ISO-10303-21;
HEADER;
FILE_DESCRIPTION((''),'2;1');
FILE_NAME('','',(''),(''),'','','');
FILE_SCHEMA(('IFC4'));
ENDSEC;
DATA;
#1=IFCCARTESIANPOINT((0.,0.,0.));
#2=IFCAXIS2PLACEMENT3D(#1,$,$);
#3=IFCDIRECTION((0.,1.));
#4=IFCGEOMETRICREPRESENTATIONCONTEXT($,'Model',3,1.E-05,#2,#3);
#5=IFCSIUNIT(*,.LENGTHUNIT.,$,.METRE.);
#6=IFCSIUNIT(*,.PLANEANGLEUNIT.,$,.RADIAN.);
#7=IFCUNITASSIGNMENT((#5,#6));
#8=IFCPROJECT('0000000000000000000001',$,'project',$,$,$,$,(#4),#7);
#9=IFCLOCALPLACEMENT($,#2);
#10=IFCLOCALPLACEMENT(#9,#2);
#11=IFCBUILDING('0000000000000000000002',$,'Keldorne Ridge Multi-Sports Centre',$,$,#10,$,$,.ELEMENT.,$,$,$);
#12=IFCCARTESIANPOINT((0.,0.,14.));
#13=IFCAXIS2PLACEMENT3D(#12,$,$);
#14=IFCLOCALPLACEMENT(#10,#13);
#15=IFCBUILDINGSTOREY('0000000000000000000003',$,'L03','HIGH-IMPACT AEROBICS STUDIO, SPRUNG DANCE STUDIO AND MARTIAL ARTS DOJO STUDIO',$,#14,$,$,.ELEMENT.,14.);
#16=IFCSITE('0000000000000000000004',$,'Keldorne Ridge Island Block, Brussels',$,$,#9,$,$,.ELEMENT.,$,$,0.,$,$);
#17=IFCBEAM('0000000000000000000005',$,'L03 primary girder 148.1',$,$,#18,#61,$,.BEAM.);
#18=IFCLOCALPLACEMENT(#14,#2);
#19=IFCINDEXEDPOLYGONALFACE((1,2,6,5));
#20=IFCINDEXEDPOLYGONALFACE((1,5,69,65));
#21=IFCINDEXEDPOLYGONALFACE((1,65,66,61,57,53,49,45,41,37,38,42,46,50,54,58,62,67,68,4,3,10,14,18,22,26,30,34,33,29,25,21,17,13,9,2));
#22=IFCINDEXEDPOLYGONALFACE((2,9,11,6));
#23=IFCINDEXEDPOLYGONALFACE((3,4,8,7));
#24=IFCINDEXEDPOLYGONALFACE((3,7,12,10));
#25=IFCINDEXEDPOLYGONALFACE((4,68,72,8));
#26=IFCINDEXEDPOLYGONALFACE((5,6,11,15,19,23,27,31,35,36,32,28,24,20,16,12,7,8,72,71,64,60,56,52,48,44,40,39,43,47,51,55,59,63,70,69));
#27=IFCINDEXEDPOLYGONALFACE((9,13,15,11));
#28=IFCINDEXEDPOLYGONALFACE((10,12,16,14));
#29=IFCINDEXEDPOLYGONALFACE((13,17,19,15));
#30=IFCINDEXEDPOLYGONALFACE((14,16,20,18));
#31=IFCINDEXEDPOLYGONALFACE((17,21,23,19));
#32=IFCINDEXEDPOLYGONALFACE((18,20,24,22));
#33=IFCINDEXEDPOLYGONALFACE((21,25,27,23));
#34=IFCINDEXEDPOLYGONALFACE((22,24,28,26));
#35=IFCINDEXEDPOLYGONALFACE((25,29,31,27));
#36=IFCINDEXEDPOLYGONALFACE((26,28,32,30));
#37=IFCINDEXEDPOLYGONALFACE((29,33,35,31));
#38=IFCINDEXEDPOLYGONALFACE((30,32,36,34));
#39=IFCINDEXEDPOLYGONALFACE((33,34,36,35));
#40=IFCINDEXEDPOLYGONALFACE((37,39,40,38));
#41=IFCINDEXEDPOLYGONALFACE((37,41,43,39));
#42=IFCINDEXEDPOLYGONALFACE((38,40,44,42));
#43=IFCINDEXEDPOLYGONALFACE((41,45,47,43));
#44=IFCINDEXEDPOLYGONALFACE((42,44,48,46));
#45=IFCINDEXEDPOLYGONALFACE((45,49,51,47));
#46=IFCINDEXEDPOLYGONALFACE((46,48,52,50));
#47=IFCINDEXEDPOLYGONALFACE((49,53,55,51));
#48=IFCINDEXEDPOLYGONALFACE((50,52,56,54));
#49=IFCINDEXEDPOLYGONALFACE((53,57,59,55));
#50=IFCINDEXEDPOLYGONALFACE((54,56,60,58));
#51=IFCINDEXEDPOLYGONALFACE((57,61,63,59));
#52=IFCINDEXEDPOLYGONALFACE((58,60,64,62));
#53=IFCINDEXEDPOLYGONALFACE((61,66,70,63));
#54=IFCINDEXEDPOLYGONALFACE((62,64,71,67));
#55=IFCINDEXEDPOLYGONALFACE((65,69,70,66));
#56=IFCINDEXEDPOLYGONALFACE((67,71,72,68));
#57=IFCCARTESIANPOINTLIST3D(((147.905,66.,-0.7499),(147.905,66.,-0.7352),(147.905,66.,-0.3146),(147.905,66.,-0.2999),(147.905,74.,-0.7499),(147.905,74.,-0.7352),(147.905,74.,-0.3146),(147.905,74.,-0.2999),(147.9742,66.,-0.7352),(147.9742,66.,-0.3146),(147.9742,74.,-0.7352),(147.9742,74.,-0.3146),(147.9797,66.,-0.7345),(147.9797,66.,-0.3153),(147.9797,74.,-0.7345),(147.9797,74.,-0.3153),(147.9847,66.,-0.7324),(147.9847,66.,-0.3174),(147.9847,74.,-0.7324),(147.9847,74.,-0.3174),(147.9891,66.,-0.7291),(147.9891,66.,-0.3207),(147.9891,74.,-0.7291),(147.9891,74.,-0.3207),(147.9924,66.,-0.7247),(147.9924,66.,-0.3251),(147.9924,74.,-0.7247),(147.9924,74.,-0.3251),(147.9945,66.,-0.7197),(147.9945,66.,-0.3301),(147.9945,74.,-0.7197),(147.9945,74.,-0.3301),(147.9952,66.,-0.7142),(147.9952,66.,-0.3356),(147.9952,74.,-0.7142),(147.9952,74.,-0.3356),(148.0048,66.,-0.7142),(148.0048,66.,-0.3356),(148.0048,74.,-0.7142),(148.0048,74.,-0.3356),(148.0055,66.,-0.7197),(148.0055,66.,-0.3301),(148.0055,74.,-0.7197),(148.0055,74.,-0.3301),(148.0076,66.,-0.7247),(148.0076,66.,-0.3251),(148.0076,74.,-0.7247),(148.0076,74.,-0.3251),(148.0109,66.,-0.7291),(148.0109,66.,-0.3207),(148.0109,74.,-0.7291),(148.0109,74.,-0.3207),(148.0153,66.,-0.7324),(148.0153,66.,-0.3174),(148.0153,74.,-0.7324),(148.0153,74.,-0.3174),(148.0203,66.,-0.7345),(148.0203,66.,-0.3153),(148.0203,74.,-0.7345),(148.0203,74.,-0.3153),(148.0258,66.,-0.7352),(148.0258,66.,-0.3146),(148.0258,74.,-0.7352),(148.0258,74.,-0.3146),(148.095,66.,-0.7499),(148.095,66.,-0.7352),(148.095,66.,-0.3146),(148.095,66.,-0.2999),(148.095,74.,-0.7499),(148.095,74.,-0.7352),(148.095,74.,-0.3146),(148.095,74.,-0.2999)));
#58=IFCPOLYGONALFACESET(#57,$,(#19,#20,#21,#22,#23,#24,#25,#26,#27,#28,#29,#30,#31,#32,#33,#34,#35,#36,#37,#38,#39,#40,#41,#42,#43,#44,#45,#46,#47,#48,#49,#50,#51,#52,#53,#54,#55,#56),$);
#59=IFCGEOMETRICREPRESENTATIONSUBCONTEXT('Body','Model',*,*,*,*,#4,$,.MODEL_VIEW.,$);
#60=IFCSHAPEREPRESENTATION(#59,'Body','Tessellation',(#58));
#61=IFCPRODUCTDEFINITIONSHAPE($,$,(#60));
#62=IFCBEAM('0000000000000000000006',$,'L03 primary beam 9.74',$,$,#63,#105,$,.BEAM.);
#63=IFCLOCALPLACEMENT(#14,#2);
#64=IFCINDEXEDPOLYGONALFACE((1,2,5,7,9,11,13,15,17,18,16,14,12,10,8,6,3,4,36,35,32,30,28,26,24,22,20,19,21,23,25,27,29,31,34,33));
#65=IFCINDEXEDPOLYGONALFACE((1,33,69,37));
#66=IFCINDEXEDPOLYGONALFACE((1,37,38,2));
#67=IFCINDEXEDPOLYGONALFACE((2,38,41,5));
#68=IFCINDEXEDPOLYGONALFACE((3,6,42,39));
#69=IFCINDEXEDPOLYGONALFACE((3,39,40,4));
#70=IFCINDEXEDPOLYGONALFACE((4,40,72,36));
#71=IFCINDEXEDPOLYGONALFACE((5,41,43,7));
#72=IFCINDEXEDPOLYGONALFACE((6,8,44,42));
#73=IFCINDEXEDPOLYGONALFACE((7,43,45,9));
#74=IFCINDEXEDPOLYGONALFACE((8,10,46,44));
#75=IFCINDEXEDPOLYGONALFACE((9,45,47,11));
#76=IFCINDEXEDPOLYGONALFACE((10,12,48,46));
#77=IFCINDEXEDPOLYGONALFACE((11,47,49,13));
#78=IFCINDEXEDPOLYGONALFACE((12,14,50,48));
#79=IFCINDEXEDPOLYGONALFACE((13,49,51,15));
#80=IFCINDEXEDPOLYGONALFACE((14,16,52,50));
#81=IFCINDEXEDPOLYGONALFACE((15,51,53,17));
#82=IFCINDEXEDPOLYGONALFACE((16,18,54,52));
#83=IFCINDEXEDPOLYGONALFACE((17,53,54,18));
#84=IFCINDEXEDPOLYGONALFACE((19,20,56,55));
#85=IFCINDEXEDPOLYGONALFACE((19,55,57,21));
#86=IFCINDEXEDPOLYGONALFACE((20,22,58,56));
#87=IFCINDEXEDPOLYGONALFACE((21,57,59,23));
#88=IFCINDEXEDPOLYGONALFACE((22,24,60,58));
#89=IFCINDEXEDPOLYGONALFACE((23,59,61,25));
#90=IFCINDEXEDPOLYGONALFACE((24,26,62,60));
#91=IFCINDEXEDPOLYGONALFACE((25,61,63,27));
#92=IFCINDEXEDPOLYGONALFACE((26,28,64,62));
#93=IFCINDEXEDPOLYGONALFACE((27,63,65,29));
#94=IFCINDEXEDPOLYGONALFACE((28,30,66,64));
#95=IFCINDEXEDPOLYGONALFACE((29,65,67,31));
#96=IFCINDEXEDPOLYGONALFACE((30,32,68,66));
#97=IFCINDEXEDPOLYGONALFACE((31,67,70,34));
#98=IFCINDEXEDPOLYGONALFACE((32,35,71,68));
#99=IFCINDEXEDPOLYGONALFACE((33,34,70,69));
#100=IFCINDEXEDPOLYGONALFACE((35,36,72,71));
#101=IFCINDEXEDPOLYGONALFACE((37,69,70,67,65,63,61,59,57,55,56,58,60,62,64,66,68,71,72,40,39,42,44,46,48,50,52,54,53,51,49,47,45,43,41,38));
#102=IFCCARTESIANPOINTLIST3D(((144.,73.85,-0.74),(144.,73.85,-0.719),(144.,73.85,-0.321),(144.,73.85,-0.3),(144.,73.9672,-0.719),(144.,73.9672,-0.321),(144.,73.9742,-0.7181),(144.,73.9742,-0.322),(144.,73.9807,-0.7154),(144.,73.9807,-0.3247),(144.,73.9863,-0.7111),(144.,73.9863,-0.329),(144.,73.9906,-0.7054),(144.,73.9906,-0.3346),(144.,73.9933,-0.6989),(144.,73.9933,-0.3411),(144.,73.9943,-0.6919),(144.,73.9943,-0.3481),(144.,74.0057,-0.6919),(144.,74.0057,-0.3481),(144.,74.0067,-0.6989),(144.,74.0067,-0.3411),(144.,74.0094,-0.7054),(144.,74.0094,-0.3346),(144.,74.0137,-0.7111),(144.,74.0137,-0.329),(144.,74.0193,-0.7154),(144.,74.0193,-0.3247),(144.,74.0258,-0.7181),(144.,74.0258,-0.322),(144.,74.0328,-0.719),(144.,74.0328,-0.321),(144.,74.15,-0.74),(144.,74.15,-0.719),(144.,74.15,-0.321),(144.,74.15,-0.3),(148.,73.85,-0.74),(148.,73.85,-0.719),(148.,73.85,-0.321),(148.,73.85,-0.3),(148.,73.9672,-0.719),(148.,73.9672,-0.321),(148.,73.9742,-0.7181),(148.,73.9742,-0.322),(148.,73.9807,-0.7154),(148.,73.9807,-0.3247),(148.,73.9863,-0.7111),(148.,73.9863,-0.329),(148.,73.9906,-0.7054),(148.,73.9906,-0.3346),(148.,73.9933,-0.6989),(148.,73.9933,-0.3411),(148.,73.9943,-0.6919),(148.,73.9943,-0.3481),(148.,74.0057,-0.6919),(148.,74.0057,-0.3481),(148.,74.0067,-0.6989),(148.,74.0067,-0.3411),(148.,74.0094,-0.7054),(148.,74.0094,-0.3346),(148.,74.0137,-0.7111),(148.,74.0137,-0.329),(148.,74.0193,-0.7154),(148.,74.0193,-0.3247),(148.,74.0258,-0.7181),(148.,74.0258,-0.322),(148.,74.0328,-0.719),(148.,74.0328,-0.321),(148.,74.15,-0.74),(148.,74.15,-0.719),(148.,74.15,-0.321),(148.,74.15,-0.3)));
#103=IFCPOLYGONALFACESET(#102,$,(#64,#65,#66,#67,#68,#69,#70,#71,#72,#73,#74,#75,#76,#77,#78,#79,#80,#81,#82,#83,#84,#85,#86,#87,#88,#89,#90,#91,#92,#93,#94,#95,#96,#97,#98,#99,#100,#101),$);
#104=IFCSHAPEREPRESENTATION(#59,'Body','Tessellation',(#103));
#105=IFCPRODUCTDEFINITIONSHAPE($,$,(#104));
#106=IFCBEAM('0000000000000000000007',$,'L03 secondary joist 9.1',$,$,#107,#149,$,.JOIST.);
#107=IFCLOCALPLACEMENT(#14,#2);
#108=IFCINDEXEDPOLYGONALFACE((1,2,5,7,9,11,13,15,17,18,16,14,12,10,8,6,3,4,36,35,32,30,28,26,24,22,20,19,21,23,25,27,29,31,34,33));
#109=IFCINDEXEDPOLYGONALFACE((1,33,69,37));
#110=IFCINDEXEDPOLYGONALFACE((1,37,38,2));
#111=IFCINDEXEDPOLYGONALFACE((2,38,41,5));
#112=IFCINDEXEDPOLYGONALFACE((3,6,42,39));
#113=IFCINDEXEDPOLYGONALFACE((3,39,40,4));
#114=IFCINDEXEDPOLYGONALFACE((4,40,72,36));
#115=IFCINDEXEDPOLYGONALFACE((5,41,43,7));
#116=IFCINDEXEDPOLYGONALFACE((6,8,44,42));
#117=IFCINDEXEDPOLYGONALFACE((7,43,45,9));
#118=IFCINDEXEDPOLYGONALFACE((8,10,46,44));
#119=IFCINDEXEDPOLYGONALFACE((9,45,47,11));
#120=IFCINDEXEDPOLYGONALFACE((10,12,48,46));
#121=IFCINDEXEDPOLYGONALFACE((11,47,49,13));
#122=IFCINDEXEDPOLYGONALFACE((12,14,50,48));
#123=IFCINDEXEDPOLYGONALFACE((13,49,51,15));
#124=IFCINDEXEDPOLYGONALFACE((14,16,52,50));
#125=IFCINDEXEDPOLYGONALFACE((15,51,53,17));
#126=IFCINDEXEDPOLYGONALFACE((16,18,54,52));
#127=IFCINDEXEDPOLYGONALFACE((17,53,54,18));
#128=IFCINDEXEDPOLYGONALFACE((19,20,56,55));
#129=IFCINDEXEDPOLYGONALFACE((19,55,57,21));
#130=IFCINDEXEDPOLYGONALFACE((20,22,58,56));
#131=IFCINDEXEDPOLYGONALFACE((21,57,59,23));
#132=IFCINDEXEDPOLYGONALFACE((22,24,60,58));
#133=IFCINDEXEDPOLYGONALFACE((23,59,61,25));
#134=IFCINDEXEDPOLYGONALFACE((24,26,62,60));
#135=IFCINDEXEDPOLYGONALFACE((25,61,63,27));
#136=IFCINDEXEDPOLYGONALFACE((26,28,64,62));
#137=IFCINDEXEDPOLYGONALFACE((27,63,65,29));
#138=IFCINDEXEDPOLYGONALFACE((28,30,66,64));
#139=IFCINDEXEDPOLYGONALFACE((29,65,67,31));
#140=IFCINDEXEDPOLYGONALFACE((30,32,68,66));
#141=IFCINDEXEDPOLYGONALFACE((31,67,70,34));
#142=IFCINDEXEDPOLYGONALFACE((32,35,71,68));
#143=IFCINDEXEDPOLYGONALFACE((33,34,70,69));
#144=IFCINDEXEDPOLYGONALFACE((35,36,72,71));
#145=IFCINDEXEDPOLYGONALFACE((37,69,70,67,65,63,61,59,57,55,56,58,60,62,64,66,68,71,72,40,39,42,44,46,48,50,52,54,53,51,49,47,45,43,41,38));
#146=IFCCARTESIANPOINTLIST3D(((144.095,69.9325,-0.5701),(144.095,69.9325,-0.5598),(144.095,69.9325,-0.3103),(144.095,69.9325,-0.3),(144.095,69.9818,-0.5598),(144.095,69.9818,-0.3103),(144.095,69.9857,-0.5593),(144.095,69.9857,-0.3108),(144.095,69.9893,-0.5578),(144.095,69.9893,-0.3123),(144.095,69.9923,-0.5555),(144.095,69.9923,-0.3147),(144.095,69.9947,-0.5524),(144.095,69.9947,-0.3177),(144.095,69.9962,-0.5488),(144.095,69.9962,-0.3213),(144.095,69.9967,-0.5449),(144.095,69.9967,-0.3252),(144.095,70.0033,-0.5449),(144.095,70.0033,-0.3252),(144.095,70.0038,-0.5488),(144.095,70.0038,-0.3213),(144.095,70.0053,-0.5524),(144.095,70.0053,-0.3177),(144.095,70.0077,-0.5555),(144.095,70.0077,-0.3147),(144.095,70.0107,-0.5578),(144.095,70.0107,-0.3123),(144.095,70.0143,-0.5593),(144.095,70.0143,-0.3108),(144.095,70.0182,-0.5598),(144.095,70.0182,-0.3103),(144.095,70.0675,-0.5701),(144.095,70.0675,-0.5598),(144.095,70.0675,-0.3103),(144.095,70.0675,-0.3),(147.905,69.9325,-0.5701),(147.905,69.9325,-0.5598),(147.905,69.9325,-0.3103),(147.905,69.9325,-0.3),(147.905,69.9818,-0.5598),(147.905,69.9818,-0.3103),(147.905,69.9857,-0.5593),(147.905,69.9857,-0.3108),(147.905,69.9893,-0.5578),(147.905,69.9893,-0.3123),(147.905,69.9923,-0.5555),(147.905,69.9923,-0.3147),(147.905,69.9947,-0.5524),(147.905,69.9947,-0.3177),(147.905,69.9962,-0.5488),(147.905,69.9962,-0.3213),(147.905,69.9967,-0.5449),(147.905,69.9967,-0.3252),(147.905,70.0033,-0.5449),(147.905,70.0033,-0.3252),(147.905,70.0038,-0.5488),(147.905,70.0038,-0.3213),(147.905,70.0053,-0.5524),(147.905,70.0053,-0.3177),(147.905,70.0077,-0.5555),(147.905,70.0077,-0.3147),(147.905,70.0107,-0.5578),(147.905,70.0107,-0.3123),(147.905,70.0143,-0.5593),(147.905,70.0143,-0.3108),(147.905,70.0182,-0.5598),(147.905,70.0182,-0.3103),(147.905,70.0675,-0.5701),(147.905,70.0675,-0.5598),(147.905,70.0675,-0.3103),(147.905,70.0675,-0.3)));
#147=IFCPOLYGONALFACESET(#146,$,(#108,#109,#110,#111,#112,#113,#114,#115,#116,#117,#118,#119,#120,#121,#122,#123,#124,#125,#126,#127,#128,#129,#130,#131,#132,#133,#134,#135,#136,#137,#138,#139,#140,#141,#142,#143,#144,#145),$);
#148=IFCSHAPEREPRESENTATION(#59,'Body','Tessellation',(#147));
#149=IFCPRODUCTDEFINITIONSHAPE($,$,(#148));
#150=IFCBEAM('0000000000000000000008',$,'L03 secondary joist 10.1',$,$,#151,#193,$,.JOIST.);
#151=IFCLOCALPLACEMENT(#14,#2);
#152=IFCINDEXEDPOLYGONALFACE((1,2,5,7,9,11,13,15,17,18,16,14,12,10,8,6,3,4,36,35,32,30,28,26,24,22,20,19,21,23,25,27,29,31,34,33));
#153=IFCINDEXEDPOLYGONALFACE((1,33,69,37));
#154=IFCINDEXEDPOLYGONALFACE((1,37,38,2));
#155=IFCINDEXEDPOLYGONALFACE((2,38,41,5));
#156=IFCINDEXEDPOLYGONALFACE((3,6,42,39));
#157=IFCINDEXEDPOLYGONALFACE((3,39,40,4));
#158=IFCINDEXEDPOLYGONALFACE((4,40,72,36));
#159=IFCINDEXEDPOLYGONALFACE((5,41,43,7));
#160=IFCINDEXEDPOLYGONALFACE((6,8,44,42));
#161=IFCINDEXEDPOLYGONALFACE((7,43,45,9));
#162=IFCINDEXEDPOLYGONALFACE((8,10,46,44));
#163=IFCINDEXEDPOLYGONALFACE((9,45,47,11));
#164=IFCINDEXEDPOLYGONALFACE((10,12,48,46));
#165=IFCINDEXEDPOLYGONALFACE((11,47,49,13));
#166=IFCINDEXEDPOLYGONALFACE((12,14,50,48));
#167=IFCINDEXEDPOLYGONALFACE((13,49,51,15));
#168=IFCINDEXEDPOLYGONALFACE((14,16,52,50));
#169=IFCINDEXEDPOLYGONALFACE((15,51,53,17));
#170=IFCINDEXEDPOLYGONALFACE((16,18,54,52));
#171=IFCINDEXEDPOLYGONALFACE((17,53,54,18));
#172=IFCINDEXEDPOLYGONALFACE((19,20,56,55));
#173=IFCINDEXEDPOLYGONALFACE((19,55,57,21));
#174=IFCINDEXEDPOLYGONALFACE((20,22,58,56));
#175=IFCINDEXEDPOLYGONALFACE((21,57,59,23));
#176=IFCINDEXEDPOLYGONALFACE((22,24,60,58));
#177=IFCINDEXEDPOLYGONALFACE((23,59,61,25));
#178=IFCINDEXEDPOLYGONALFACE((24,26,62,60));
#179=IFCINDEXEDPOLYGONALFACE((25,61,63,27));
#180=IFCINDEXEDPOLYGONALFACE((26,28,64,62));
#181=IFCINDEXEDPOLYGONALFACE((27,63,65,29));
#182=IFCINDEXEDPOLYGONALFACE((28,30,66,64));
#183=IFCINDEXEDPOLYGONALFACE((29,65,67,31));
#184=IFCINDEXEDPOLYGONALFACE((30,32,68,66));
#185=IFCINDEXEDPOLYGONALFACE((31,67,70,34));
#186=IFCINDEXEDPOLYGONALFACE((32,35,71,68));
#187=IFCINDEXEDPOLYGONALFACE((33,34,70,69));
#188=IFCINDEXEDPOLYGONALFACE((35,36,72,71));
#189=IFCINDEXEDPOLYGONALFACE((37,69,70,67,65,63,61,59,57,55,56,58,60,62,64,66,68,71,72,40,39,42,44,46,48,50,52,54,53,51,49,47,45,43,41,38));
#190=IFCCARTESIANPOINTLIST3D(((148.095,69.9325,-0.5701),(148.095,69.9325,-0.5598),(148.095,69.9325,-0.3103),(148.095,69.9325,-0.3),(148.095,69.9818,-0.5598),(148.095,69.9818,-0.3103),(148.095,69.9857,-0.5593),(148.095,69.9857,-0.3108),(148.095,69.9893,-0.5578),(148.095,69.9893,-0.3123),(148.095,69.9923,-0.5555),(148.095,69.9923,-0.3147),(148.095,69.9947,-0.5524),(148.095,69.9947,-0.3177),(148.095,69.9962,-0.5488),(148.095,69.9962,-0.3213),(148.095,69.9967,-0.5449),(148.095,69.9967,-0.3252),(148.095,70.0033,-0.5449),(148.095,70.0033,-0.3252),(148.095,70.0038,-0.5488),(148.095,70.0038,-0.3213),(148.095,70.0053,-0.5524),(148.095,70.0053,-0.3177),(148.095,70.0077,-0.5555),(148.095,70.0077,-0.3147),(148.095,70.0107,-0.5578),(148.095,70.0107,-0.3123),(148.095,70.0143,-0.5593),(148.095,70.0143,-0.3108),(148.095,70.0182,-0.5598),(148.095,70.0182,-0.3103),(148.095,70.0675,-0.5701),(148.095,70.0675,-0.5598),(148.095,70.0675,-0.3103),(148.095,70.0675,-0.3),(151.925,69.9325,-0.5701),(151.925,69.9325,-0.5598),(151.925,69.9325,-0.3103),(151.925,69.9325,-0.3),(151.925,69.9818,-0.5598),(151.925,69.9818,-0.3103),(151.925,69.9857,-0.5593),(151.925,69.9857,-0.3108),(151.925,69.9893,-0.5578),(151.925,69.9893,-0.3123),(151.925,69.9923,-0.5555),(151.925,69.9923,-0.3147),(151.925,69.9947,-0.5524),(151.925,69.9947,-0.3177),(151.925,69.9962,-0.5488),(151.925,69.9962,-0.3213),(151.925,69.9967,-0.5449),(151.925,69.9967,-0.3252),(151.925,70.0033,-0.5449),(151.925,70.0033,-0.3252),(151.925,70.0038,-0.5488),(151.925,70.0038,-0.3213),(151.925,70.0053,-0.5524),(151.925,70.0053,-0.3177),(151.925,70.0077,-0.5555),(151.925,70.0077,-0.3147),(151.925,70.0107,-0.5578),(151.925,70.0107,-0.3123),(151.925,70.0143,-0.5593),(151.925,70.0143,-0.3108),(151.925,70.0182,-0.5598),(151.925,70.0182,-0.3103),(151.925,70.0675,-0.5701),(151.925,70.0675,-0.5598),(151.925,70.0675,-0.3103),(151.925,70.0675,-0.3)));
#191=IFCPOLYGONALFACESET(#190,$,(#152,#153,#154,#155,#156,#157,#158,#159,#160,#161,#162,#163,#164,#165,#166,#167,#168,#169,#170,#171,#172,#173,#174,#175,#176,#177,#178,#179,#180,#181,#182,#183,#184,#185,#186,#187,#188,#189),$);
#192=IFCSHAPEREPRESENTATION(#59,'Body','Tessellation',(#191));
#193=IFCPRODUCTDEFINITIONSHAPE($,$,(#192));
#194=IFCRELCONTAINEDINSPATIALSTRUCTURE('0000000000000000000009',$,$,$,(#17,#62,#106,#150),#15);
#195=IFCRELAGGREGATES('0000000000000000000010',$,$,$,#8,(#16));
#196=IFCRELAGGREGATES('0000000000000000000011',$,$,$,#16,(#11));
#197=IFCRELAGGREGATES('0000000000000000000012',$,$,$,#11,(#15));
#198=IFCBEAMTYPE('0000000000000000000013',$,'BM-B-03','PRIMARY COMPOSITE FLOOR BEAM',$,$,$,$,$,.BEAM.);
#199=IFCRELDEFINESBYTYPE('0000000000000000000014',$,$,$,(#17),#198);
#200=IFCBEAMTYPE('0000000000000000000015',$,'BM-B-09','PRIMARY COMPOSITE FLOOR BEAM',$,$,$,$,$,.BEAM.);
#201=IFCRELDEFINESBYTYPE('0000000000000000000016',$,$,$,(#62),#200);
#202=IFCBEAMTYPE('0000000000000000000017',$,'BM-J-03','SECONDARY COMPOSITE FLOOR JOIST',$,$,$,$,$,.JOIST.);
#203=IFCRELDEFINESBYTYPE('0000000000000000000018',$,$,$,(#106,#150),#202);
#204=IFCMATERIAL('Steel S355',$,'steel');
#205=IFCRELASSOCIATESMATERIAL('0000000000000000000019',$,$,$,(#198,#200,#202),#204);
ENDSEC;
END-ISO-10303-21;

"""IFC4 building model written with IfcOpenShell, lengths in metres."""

from ifc_helpers import new_model, si_unit, direction, frame, origin, origin_2d, place, context, subcontext, project, spatial, i_section, extrude, material, material_profile, profile_set, type_object, element, save


model = new_model("IFC4")

# Units and contexts
model_context = context("Model", 3, precision=1e-05, world=origin(), true_north=direction((0.0, 1.0)))
body_context = subcontext(model_context, "Body", "Model", "MODEL_VIEW")
ifc_project = project(units=[si_unit("LENGTHUNIT", "METRE"), si_unit("PLANEANGLEUNIT", "RADIAN")], contexts=[model_context])

# Site, building, storey
site_placement = place(None, origin())
site = spatial("IfcSite", under=ifc_project, at=site_placement, Name="Keldorne Ridge Island Block, Brussels", CompositionType="ELEMENT", RefElevation=0.0)
building_placement = place(site_placement, origin())
building = spatial("IfcBuilding", under=site, at=building_placement, Name="Keldorne Ridge Multi-Sports Centre", CompositionType="ELEMENT")
storey_placement = place(building_placement, frame((0.0, 0.0, 14.0)))
storey = spatial("IfcBuildingStorey", under=building, at=storey_placement, Name="L03", Description="HIGH-IMPACT AEROBICS STUDIO, SPRUNG DANCE STUDIO AND MARTIAL ARTS DOJO STUDIO", CompositionType="ELEMENT", Elevation=14.0)

# Shared definitions
ifc_material_1 = material(Name="Steel S355", Category="steel")

# Beams
ifc_material_profile_1 = material_profile(ifc_material_1, i_section(OverallWidth=0.1899, OverallDepth=0.45, WebThickness=0.0095, FlangeThickness=0.0146, FilletRadius=0.021, at=origin_2d()), Name="IPE 450")
ifc_profile_set_1 = profile_set([ifc_material_profile_1], Name="Steel S355")
beam_type_1 = type_object("IfcBeamType", Name="BM-B-03", Description="PRIMARY COMPOSITE FLOOR BEAM", PredefinedType="BEAM", material=ifc_profile_set_1)
for number, where, z_axis, x_axis, name in (
    (1, (148.0, 66.0, -0.5249), (0.0, 1.0, 0.0), (-1.0, 0.0, 0.0), "L03 primary girder 148.1"),
):
    element("IfcBeam", number, at=place(storey_placement, frame(where, z_axis=z_axis, x_axis=x_axis)), inside=storey, type_object=beam_type_1, Name=name, PredefinedType="BEAM", context=body_context, shape_type="SweptSolid", body=[
        extrude(i_section(OverallWidth=0.1899, OverallDepth=0.45, WebThickness=0.0095, FlangeThickness=0.0146, FilletRadius=0.021, at=origin_2d()), origin(), (0.0, 0.0, 1.0), 8.0),
    ])
ifc_material_profile_2 = material_profile(ifc_material_1, i_section(OverallWidth=0.3, OverallDepth=0.4399, WebThickness=0.0115, FlangeThickness=0.021, FilletRadius=0.0271, at=origin_2d()), Name="HEA 450")
ifc_profile_set_2 = profile_set([ifc_material_profile_2], Name="Steel S355")
beam_type_2 = type_object("IfcBeamType", Name="BM-B-09", Description="PRIMARY COMPOSITE FLOOR BEAM", PredefinedType="BEAM", material=ifc_profile_set_2)
beam_1_placement = place(storey_placement, frame((144.0, 74.0, -0.52), z_axis=(1.0, 0.0, 0.0), x_axis=(0.0, 1.0, 0.0)))
element("IfcBeam", 2, at=beam_1_placement, inside=storey, type_object=beam_type_2, Name="L03 primary beam 9.74", PredefinedType="BEAM", context=body_context, shape_type="SweptSolid", body=[
    extrude(i_section(OverallWidth=0.3, OverallDepth=0.4399, WebThickness=0.0115, FlangeThickness=0.021, FilletRadius=0.0271, at=origin_2d()), origin(), (0.0, 0.0, 1.0), 4.0),
])
ifc_material_profile_3 = material_profile(ifc_material_1, i_section(OverallWidth=0.135, OverallDepth=0.27, WebThickness=0.0066, FlangeThickness=0.0103, FilletRadius=0.0149, at=origin_2d()), Name="IPE 270")
ifc_profile_set_3 = profile_set([ifc_material_profile_3], Name="Steel S355")
beam_type_3 = type_object("IfcBeamType", Name="BM-J-03", Description="SECONDARY COMPOSITE FLOOR JOIST", PredefinedType="JOIST", material=ifc_profile_set_3)
beam_2_placement = place(storey_placement, frame((144.095, 70.0, -0.4351), z_axis=(1.0, 0.0, 0.0), x_axis=(0.0, 1.0, 0.0)))
element("IfcBeam", 3, at=beam_2_placement, inside=storey, type_object=beam_type_3, Name="L03 secondary joist 9.1", PredefinedType="JOIST", context=body_context, shape_type="SweptSolid", body=[
    extrude(i_section(OverallWidth=0.135, OverallDepth=0.27, WebThickness=0.0066, FlangeThickness=0.0103, FilletRadius=0.0149, at=origin_2d()), origin(), (0.0, 0.0, 1.0), 3.8101),
])
beam_3_placement = place(storey_placement, frame((148.095, 70.0, -0.4351), z_axis=(1.0, 0.0, 0.0), x_axis=(0.0, 1.0, 0.0)))
element("IfcBeam", 4, at=beam_3_placement, inside=storey, type_object=beam_type_3, Name="L03 secondary joist 10.1", PredefinedType="JOIST", context=body_context, shape_type="SweptSolid", body=[
    extrude(i_section(OverallWidth=0.135, OverallDepth=0.27, WebThickness=0.0066, FlangeThickness=0.0103, FilletRadius=0.0149, at=origin_2d()), origin(), (0.0, 0.0, 1.0), 3.8301),
])

save(model, "model.ifc")
